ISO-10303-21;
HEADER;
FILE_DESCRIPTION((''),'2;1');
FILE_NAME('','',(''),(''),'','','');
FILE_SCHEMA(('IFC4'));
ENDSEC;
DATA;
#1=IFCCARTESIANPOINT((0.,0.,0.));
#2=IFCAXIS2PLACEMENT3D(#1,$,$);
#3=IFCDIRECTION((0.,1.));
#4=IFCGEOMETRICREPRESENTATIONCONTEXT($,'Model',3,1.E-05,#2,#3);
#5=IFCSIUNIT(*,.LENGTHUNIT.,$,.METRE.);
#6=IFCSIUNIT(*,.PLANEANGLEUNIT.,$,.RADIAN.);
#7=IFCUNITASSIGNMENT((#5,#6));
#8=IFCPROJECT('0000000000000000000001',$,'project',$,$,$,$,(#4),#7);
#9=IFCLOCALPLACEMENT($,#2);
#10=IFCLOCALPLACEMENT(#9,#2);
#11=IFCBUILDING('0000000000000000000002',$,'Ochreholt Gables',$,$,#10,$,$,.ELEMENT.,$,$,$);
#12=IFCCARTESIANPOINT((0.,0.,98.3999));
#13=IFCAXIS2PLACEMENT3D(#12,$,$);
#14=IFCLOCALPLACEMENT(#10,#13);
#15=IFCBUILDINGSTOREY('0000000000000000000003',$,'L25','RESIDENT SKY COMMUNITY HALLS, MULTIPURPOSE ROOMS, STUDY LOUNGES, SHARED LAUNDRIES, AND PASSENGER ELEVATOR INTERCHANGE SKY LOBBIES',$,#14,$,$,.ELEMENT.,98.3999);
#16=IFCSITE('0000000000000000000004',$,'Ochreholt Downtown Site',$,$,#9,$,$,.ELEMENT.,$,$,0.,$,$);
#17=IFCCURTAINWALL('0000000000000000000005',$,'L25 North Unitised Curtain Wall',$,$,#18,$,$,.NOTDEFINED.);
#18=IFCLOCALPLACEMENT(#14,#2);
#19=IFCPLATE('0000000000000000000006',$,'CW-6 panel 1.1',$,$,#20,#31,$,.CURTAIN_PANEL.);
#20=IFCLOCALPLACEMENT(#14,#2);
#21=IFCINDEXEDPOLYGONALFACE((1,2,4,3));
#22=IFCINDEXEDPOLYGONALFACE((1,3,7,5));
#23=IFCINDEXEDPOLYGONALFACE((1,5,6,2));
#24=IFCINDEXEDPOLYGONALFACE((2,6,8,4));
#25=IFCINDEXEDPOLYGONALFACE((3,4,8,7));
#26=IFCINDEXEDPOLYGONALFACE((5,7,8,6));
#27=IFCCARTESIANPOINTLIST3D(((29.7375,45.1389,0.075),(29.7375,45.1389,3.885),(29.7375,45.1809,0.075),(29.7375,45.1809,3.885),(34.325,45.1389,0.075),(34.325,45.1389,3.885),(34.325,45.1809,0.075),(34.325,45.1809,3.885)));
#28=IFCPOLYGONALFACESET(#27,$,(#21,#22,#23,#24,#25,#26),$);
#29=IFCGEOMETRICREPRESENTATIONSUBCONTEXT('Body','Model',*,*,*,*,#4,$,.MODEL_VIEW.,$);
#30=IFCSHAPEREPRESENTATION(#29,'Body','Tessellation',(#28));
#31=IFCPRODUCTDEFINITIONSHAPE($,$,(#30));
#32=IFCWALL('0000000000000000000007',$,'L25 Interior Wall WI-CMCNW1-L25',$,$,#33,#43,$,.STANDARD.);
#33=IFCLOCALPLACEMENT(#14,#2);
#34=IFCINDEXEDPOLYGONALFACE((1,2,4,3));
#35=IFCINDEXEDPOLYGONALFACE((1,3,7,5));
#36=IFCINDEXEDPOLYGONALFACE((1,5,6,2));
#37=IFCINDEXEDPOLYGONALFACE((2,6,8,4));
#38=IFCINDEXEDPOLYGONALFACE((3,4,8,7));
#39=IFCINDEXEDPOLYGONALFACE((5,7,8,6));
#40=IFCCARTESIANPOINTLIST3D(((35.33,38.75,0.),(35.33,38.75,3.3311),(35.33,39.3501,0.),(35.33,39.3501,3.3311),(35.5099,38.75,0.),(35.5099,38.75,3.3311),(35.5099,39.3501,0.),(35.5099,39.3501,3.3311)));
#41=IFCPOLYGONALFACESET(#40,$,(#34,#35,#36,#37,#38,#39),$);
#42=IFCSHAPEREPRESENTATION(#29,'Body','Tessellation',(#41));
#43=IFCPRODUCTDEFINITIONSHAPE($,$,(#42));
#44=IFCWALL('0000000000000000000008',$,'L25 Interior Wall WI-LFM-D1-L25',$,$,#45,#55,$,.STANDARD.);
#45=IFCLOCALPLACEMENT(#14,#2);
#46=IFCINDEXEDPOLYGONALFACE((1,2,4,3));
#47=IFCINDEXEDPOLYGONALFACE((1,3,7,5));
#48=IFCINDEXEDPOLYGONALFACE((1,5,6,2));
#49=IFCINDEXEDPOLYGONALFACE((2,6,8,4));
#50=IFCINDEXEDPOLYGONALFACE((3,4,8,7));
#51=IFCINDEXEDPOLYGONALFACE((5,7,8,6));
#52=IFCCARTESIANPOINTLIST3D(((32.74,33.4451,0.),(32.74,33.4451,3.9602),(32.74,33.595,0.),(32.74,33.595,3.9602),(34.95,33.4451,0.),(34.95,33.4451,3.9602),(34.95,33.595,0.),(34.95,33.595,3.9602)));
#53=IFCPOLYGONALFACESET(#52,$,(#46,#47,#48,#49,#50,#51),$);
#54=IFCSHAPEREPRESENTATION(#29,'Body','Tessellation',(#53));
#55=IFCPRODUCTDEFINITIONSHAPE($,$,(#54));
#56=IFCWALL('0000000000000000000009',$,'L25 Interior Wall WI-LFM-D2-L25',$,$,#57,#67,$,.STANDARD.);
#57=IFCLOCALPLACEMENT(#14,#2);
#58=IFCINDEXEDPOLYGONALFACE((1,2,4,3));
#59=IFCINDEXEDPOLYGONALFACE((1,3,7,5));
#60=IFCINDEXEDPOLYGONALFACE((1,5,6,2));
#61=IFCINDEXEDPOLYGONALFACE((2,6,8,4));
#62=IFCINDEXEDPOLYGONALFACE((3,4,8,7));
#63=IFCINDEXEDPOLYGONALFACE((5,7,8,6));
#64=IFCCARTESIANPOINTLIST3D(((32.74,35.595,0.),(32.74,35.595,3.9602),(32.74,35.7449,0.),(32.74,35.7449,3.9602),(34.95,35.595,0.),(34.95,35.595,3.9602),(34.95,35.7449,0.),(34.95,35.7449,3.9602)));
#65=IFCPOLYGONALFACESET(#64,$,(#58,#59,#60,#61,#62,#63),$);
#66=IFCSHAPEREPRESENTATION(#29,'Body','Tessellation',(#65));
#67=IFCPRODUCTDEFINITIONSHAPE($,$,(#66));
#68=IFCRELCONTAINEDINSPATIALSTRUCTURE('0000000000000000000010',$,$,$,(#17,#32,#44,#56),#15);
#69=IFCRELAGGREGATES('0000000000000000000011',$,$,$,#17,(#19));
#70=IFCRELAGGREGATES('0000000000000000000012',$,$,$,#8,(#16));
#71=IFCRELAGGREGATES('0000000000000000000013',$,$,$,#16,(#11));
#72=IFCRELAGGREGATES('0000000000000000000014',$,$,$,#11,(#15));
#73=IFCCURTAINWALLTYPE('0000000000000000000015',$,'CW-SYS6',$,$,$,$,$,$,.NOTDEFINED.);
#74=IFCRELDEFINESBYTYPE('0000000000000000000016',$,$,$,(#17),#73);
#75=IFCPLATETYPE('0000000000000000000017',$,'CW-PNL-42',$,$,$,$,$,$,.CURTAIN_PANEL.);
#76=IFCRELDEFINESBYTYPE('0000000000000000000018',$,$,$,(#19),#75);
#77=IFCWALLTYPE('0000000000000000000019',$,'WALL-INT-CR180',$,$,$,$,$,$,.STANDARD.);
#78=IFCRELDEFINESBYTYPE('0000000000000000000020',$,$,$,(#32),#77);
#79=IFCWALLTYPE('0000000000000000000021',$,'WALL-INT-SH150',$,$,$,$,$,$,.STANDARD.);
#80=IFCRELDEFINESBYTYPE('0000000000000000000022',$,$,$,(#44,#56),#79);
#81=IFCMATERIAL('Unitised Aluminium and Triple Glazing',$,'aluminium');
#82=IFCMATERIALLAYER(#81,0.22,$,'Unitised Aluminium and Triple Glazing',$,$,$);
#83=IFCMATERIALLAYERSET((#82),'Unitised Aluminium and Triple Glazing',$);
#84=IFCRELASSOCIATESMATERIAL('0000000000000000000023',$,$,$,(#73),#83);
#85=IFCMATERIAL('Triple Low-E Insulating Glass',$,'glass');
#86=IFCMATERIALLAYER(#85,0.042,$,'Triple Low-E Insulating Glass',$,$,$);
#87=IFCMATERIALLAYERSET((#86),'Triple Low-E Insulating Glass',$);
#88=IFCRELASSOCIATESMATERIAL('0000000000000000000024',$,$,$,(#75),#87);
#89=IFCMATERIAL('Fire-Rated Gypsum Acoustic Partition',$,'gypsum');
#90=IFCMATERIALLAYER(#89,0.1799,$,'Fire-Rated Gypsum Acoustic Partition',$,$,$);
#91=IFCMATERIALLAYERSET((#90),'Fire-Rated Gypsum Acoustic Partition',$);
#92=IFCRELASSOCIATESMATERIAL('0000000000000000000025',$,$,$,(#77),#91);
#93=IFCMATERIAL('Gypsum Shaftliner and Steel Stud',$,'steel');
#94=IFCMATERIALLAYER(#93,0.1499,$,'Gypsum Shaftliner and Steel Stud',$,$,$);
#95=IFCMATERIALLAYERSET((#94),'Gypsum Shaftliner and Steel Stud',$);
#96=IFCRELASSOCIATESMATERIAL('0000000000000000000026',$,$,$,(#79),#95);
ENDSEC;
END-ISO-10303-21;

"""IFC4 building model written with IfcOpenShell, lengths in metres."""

from ifc_helpers import new_model, si_unit, direction, frame, frame_2d, origin, origin_2d, place, context, subcontext, project, spatial, rectangle, extrude, material, layer, layer_set, type_object, element, aggregate, save


model = new_model("IFC4")

# Units and contexts
model_context = context("Model", 3, precision=1e-05, world=origin(), true_north=direction((0.0, 1.0)))
body_context = subcontext(model_context, "Body", "Model", "MODEL_VIEW")
ifc_project = project(units=[si_unit("LENGTHUNIT", "METRE"), si_unit("PLANEANGLEUNIT", "RADIAN")], contexts=[model_context])

# Site, building, storey
site_placement = place(None, origin())
site = spatial("IfcSite", under=ifc_project, at=site_placement, Name="Ochreholt Downtown Site", CompositionType="ELEMENT", RefElevation=0.0)
building_placement = place(site_placement, origin())
building = spatial("IfcBuilding", under=site, at=building_placement, Name="Ochreholt Gables", CompositionType="ELEMENT")
storey_placement = place(building_placement, frame((0.0, 0.0, 98.3999)))
storey = spatial("IfcBuildingStorey", under=building, at=storey_placement, Name="L25", Description="RESIDENT SKY COMMUNITY HALLS, MULTIPURPOSE ROOMS, STUDY LOUNGES, SHARED LAUNDRIES, AND PASSENGER ELEVATOR INTERCHANGE SKY LOBBIES", CompositionType="ELEMENT", Elevation=98.3999)

# Curtain wall, plate
ifc_material_1 = material(Name="Unitised Aluminium and Triple Glazing", Category="aluminium")
ifc_layer_1 = layer(ifc_material_1, 0.22, Name="Unitised Aluminium and Triple Glazing")
ifc_layer_set_1 = layer_set([ifc_layer_1], Name="Unitised Aluminium and Triple Glazing")
curtain_wall_type = type_object("IfcCurtainWallType", Name="CW-SYS6", PredefinedType="NOTDEFINED", material=ifc_layer_set_1)
curtain_wall_placement = place(storey_placement, origin())
curtain_wall = element("IfcCurtainWall", 1, at=curtain_wall_placement, inside=storey, type_object=curtain_wall_type, Name="L25 North Unitised Curtain Wall", PredefinedType="NOTDEFINED")
ifc_material_2 = material(Name="Triple Low-E Insulating Glass", Category="glass")
ifc_layer_2 = layer(ifc_material_2, 0.042, Name="Triple Low-E Insulating Glass")
ifc_layer_set_2 = layer_set([ifc_layer_2], Name="Triple Low-E Insulating Glass")
plate_type = type_object("IfcPlateType", Name="CW-PNL-42", PredefinedType="CURTAIN_PANEL", material=ifc_layer_set_2)
plate_placement = place(storey_placement, frame((32.0312, 45.1599, 0.075), z_axis=(0.0, 0.0, 1.0), x_axis=(-1.0, 0.0, 0.0)))
plate = element("IfcPlate", 2, at=plate_placement, type_object=plate_type, Name="CW-6 panel 1.1", PredefinedType="CURTAIN_PANEL", context=body_context, shape_type="SweptSolid", body=[
    extrude(rectangle(XDim=4.5874, YDim=0.042, at=origin_2d()), origin(), (0.0, 0.0, 1.0), 3.8101),
])
aggregate(curtain_wall, [plate])

# Walls
ifc_material_3 = material(Name="Fire-Rated Gypsum Acoustic Partition", Category="gypsum")
ifc_layer_3 = layer(ifc_material_3, 0.1799, Name="Fire-Rated Gypsum Acoustic Partition")
ifc_layer_set_3 = layer_set([ifc_layer_3], Name="Fire-Rated Gypsum Acoustic Partition")
wall_type_1 = type_object("IfcWallType", Name="WALL-INT-CR180", PredefinedType="STANDARD", material=ifc_layer_set_3)
wall_placement = place(storey_placement, frame((35.4199, 38.75, 0.0), z_axis=(0.0, 0.0, 1.0), x_axis=(0.0, 1.0, 0.0)))
element("IfcWall", 3, at=wall_placement, inside=storey, type_object=wall_type_1, Name="L25 Interior Wall WI-CMCNW1-L25", PredefinedType="STANDARD", context=body_context, shape_type="SweptSolid", body=[
    extrude(rectangle(XDim=0.6001, YDim=0.1799, at=frame_2d((0.3, 0.0))), origin(), (0.0, 0.0, 1.0), 3.3311),
])
ifc_material_4 = material(Name="Gypsum Shaftliner and Steel Stud", Category="steel")
ifc_layer_4 = layer(ifc_material_4, 0.1499, Name="Gypsum Shaftliner and Steel Stud")
ifc_layer_set_4 = layer_set([ifc_layer_4], Name="Gypsum Shaftliner and Steel Stud")
wall_type_2 = type_object("IfcWallType", Name="WALL-INT-SH150", PredefinedType="STANDARD", material=ifc_layer_set_4)
for number, where, z_axis, x_axis, name in (
    (4, (32.74, 33.52, 0.0), (0.0, 0.0, 1.0), (1.0, 0.0, 0.0), "L25 Interior Wall WI-LFM-D1-L25"),
    (5, (32.74, 35.6699, 0.0), (0.0, 0.0, 1.0), (1.0, 0.0, 0.0), "L25 Interior Wall WI-LFM-D2-L25"),
):
    element("IfcWall", number, at=place(storey_placement, frame(where, z_axis=z_axis, x_axis=x_axis)), inside=storey, type_object=wall_type_2, Name=name, PredefinedType="STANDARD", context=body_context, shape_type="SweptSolid", body=[
        extrude(rectangle(XDim=2.21, YDim=0.1499, at=frame_2d((1.105, 0.0))), origin(), (0.0, 0.0, 1.0), 3.9602),
    ])

save(model, "model.ifc")
